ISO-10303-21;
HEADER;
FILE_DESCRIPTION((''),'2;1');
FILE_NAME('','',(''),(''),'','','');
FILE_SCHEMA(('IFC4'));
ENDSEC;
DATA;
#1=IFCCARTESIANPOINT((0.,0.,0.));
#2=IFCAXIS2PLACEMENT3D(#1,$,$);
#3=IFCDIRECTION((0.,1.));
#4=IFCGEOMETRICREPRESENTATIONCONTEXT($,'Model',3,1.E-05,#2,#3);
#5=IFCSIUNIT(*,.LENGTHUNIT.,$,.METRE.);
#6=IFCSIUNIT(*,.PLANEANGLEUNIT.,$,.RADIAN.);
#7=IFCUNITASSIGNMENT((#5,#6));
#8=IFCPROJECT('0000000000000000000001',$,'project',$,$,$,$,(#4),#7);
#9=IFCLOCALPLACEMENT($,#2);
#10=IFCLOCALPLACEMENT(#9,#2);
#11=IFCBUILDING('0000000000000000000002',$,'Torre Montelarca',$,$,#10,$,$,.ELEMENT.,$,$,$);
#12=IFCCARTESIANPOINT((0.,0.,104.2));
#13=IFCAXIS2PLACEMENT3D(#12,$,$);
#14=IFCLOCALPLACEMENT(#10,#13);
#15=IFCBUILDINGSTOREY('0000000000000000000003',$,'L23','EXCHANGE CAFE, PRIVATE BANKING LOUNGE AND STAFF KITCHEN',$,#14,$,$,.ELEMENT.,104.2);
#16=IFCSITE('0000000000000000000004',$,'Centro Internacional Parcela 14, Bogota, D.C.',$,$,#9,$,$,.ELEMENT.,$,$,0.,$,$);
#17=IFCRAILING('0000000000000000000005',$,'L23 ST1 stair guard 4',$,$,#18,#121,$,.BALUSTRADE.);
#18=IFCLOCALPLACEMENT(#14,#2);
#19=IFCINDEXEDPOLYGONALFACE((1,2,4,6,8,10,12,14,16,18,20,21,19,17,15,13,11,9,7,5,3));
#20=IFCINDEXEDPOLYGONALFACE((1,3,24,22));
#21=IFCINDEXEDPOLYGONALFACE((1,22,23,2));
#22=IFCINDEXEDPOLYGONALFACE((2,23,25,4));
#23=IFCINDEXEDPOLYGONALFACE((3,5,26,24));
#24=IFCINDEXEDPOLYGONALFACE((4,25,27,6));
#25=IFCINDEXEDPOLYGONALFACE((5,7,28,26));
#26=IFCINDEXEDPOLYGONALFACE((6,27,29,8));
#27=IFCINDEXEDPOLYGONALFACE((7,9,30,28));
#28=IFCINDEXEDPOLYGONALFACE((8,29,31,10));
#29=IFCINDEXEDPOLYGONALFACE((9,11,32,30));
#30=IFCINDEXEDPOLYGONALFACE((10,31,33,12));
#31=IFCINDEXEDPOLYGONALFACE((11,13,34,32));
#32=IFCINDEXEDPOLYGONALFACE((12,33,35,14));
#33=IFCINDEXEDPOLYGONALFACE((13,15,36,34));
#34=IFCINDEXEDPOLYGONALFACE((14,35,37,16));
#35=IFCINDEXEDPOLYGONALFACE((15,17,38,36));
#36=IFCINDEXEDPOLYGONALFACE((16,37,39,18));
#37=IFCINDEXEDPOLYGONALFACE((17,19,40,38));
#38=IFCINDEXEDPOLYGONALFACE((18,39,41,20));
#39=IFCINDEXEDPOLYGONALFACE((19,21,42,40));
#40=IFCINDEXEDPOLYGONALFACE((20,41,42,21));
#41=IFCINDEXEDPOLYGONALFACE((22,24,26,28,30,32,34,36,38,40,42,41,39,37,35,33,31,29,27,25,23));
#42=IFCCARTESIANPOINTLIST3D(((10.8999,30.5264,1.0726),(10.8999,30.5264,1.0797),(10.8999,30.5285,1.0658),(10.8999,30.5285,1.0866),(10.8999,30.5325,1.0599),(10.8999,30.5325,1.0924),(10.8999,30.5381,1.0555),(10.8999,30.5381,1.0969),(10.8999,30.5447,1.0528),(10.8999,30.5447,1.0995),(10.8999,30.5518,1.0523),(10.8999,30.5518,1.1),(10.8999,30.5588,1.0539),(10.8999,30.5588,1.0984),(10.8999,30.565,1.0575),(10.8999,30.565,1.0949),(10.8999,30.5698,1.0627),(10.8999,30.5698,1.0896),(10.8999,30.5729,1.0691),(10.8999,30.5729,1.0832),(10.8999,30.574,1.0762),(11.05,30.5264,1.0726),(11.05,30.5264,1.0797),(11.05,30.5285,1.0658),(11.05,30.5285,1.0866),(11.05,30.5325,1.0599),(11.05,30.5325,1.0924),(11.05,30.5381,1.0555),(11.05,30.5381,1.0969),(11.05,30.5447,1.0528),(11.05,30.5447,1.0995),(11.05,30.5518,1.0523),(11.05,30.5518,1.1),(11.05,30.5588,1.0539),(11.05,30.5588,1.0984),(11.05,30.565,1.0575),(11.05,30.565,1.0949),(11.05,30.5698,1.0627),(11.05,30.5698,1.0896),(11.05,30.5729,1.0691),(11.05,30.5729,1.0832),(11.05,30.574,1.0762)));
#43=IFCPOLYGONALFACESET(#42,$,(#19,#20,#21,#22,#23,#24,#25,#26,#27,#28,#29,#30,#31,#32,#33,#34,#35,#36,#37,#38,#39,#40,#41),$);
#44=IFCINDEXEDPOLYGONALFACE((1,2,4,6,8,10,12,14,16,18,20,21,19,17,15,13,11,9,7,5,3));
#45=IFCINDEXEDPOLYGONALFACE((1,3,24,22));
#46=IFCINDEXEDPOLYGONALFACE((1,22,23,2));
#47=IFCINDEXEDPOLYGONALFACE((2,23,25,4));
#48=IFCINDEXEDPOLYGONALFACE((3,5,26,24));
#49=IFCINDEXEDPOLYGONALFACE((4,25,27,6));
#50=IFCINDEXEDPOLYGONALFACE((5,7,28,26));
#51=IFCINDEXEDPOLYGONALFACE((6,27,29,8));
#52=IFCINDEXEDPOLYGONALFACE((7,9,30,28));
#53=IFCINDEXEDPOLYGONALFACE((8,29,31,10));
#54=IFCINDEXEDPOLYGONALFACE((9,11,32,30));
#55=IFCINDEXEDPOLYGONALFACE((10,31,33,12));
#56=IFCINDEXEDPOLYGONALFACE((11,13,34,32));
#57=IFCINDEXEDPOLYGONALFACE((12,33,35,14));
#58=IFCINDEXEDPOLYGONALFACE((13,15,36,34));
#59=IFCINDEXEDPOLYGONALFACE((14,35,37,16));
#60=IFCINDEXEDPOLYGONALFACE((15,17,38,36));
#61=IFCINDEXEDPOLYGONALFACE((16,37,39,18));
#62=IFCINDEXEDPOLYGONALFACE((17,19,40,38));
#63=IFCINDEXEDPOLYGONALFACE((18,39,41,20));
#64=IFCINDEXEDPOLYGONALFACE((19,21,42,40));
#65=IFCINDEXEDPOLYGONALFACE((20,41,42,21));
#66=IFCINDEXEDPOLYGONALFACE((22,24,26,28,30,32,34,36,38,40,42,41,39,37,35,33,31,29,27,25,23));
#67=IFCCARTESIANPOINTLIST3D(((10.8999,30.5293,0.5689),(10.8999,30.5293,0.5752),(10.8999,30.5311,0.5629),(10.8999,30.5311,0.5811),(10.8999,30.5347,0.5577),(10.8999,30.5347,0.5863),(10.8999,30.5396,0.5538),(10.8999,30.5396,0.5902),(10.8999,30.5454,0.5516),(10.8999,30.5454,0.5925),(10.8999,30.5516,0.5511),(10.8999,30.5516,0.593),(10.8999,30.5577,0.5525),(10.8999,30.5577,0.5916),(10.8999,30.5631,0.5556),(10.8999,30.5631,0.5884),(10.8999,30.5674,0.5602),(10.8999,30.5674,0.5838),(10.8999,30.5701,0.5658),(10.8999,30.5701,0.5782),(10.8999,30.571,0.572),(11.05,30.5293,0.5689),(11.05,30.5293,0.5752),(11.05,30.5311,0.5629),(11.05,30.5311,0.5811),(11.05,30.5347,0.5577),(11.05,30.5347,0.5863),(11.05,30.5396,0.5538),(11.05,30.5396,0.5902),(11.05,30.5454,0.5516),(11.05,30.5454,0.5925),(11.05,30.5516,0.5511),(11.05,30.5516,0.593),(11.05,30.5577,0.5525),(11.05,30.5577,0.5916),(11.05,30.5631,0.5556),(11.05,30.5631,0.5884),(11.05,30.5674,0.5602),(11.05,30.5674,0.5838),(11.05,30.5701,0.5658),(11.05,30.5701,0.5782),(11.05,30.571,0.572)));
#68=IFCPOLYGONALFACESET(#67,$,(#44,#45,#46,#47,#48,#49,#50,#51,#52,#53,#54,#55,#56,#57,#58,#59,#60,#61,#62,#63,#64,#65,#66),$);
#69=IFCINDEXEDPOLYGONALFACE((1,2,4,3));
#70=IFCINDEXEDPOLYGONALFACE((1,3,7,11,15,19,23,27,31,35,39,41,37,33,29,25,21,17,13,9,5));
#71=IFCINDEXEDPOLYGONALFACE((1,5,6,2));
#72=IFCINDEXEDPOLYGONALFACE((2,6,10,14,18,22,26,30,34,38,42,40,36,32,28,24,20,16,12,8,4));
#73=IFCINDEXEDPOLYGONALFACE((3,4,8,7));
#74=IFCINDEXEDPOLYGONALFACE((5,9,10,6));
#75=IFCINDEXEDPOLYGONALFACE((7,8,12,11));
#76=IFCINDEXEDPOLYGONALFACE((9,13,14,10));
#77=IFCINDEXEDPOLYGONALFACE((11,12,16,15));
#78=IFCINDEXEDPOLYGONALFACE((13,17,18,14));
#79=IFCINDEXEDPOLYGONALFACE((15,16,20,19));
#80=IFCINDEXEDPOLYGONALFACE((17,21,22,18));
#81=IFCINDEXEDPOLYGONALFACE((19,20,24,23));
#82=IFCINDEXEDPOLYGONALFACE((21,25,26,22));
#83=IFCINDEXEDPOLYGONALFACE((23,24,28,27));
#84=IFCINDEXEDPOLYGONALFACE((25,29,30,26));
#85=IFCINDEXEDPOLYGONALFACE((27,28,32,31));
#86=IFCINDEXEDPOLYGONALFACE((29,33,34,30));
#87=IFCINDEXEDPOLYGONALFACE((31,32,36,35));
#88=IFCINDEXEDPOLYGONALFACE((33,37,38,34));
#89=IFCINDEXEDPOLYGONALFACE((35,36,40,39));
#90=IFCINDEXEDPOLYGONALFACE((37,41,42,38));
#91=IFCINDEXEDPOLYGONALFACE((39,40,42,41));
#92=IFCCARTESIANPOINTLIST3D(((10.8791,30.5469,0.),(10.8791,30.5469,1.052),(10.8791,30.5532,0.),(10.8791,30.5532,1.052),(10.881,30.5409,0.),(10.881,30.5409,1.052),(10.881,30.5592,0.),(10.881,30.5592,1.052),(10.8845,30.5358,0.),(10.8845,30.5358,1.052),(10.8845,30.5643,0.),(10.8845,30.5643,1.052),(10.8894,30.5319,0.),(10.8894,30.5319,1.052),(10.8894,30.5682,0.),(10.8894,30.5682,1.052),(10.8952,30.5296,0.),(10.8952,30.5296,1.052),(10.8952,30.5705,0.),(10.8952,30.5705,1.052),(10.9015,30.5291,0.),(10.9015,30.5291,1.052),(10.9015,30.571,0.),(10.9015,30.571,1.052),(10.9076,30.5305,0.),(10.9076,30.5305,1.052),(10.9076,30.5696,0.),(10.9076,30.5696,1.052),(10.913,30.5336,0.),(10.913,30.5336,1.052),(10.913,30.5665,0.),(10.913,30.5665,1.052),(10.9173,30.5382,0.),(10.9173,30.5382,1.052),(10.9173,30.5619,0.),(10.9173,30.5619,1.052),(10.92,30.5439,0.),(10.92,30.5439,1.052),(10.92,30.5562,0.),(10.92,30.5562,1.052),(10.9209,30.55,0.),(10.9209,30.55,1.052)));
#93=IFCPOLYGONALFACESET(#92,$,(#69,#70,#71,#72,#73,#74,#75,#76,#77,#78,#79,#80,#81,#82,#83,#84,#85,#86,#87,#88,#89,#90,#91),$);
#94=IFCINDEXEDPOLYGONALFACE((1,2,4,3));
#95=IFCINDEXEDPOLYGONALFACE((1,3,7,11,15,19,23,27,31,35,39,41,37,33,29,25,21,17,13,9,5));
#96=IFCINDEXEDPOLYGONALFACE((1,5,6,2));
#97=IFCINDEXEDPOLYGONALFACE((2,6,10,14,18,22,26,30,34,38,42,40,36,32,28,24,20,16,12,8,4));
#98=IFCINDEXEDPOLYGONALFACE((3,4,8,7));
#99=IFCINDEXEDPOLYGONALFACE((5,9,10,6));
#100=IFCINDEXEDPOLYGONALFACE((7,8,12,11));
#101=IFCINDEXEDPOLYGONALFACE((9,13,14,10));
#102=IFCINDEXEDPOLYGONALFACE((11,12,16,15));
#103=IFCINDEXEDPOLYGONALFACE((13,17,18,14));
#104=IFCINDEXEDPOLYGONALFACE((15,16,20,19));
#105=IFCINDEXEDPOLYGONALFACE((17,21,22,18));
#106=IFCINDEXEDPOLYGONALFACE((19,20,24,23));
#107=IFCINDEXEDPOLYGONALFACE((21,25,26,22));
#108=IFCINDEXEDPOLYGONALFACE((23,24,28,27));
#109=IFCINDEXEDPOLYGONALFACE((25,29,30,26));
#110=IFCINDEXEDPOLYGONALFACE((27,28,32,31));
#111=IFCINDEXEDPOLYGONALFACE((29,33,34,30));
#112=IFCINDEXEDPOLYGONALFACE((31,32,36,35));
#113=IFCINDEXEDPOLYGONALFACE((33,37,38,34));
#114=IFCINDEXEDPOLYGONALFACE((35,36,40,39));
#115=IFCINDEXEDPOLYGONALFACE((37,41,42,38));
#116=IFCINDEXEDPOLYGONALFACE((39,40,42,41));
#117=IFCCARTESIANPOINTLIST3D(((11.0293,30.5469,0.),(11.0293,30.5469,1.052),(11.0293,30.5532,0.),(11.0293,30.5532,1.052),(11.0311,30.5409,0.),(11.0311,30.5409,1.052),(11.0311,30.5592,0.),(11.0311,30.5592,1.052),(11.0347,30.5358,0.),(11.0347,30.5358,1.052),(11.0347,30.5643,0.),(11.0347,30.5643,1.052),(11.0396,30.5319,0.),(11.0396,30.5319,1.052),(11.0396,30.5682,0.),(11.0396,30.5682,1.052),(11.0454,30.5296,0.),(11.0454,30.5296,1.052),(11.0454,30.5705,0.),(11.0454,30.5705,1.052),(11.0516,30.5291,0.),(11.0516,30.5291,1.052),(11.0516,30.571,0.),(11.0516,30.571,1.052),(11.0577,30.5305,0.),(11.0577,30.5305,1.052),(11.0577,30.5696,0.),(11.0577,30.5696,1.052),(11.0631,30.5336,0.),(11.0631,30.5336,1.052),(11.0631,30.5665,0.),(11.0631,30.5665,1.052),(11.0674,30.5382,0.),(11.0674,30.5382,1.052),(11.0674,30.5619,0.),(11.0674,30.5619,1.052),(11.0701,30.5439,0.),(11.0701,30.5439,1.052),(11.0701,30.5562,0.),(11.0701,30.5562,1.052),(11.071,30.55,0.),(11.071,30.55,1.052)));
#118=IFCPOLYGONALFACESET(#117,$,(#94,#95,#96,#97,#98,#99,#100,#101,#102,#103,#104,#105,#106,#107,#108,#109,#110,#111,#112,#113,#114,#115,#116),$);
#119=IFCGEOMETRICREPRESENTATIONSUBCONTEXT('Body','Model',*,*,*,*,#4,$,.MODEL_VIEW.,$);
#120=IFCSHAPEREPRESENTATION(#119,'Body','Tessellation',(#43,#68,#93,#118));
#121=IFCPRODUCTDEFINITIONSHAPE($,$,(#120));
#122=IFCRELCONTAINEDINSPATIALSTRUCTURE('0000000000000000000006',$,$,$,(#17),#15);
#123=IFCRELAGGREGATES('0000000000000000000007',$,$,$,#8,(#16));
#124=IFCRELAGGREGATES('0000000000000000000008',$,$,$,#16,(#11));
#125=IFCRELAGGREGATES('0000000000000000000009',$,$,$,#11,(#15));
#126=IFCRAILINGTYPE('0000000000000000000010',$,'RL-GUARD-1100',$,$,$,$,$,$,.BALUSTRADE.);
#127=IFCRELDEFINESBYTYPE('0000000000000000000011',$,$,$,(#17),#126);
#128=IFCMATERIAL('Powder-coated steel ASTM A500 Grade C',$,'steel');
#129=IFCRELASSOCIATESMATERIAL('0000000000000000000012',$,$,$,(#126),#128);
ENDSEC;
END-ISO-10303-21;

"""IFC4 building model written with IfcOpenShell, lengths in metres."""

from ifc_helpers import new_model, si_unit, direction, frame, origin, origin_2d, place, context, subcontext, project, spatial, circle, extrude, material, type_object, element, save


model = new_model("IFC4")

# Units and contexts
model_context = context("Model", 3, precision=1e-05, world=origin(), true_north=direction((0.0, 1.0)))
body_context = subcontext(model_context, "Body", "Model", "MODEL_VIEW")
ifc_project = project(units=[si_unit("LENGTHUNIT", "METRE"), si_unit("PLANEANGLEUNIT", "RADIAN")], contexts=[model_context])

# Site, building, storey
site_placement = place(None, origin())
site = spatial("IfcSite", under=ifc_project, at=site_placement, Name="Centro Internacional Parcela 14, Bogota, D.C.", CompositionType="ELEMENT", RefElevation=0.0)
building_placement = place(site_placement, origin())
building = spatial("IfcBuilding", under=site, at=building_placement, Name="Torre Montelarca", CompositionType="ELEMENT")
storey_placement = place(building_placement, frame((0.0, 0.0, 104.2)))
storey = spatial("IfcBuildingStorey", under=building, at=storey_placement, Name="L23", Description="EXCHANGE CAFE, PRIVATE BANKING LOUNGE AND STAFF KITCHEN", CompositionType="ELEMENT", Elevation=104.2)

# Railing
ifc_material_1 = material(Name="Powder-coated steel ASTM A500 Grade C", Category="steel")
railing_type_1 = type_object("IfcRailingType", Name="RL-GUARD-1100", PredefinedType="BALUSTRADE", material=ifc_material_1)
railing_1_placement = place(storey_placement, frame((10.8999, 30.55, 0.0)))
element("IfcRailing", 1, at=railing_1_placement, inside=storey, type_object=railing_type_1, Name="L23 ST1 stair guard 4", PredefinedType="BALUSTRADE", context=body_context, shape_type="SweptSolid", body=[
    extrude(circle(Radius=0.0239, at=origin_2d()), frame((0.0, 0.0, 1.0762), z_axis=(1.0, 0.0, 0.0), x_axis=(0.0, 1.0, 0.0)), (0.0, 0.0, 1.0), 0.1501),
    extrude(circle(Radius=0.021, at=origin_2d()), frame((0.0, 0.0, 0.572), z_axis=(1.0, 0.0, 0.0), x_axis=(0.0, 1.0, 0.0)), (0.0, 0.0, 1.0), 0.1501),
    extrude(circle(Radius=0.021, at=origin_2d()), origin(), (0.0, 0.0, 1.0), 1.052),
    extrude(circle(Radius=0.021, at=origin_2d()), frame((0.1501, 0.0, 0.0)), (0.0, 0.0, 1.0), 1.052),
])

save(model, "model.ifc")
